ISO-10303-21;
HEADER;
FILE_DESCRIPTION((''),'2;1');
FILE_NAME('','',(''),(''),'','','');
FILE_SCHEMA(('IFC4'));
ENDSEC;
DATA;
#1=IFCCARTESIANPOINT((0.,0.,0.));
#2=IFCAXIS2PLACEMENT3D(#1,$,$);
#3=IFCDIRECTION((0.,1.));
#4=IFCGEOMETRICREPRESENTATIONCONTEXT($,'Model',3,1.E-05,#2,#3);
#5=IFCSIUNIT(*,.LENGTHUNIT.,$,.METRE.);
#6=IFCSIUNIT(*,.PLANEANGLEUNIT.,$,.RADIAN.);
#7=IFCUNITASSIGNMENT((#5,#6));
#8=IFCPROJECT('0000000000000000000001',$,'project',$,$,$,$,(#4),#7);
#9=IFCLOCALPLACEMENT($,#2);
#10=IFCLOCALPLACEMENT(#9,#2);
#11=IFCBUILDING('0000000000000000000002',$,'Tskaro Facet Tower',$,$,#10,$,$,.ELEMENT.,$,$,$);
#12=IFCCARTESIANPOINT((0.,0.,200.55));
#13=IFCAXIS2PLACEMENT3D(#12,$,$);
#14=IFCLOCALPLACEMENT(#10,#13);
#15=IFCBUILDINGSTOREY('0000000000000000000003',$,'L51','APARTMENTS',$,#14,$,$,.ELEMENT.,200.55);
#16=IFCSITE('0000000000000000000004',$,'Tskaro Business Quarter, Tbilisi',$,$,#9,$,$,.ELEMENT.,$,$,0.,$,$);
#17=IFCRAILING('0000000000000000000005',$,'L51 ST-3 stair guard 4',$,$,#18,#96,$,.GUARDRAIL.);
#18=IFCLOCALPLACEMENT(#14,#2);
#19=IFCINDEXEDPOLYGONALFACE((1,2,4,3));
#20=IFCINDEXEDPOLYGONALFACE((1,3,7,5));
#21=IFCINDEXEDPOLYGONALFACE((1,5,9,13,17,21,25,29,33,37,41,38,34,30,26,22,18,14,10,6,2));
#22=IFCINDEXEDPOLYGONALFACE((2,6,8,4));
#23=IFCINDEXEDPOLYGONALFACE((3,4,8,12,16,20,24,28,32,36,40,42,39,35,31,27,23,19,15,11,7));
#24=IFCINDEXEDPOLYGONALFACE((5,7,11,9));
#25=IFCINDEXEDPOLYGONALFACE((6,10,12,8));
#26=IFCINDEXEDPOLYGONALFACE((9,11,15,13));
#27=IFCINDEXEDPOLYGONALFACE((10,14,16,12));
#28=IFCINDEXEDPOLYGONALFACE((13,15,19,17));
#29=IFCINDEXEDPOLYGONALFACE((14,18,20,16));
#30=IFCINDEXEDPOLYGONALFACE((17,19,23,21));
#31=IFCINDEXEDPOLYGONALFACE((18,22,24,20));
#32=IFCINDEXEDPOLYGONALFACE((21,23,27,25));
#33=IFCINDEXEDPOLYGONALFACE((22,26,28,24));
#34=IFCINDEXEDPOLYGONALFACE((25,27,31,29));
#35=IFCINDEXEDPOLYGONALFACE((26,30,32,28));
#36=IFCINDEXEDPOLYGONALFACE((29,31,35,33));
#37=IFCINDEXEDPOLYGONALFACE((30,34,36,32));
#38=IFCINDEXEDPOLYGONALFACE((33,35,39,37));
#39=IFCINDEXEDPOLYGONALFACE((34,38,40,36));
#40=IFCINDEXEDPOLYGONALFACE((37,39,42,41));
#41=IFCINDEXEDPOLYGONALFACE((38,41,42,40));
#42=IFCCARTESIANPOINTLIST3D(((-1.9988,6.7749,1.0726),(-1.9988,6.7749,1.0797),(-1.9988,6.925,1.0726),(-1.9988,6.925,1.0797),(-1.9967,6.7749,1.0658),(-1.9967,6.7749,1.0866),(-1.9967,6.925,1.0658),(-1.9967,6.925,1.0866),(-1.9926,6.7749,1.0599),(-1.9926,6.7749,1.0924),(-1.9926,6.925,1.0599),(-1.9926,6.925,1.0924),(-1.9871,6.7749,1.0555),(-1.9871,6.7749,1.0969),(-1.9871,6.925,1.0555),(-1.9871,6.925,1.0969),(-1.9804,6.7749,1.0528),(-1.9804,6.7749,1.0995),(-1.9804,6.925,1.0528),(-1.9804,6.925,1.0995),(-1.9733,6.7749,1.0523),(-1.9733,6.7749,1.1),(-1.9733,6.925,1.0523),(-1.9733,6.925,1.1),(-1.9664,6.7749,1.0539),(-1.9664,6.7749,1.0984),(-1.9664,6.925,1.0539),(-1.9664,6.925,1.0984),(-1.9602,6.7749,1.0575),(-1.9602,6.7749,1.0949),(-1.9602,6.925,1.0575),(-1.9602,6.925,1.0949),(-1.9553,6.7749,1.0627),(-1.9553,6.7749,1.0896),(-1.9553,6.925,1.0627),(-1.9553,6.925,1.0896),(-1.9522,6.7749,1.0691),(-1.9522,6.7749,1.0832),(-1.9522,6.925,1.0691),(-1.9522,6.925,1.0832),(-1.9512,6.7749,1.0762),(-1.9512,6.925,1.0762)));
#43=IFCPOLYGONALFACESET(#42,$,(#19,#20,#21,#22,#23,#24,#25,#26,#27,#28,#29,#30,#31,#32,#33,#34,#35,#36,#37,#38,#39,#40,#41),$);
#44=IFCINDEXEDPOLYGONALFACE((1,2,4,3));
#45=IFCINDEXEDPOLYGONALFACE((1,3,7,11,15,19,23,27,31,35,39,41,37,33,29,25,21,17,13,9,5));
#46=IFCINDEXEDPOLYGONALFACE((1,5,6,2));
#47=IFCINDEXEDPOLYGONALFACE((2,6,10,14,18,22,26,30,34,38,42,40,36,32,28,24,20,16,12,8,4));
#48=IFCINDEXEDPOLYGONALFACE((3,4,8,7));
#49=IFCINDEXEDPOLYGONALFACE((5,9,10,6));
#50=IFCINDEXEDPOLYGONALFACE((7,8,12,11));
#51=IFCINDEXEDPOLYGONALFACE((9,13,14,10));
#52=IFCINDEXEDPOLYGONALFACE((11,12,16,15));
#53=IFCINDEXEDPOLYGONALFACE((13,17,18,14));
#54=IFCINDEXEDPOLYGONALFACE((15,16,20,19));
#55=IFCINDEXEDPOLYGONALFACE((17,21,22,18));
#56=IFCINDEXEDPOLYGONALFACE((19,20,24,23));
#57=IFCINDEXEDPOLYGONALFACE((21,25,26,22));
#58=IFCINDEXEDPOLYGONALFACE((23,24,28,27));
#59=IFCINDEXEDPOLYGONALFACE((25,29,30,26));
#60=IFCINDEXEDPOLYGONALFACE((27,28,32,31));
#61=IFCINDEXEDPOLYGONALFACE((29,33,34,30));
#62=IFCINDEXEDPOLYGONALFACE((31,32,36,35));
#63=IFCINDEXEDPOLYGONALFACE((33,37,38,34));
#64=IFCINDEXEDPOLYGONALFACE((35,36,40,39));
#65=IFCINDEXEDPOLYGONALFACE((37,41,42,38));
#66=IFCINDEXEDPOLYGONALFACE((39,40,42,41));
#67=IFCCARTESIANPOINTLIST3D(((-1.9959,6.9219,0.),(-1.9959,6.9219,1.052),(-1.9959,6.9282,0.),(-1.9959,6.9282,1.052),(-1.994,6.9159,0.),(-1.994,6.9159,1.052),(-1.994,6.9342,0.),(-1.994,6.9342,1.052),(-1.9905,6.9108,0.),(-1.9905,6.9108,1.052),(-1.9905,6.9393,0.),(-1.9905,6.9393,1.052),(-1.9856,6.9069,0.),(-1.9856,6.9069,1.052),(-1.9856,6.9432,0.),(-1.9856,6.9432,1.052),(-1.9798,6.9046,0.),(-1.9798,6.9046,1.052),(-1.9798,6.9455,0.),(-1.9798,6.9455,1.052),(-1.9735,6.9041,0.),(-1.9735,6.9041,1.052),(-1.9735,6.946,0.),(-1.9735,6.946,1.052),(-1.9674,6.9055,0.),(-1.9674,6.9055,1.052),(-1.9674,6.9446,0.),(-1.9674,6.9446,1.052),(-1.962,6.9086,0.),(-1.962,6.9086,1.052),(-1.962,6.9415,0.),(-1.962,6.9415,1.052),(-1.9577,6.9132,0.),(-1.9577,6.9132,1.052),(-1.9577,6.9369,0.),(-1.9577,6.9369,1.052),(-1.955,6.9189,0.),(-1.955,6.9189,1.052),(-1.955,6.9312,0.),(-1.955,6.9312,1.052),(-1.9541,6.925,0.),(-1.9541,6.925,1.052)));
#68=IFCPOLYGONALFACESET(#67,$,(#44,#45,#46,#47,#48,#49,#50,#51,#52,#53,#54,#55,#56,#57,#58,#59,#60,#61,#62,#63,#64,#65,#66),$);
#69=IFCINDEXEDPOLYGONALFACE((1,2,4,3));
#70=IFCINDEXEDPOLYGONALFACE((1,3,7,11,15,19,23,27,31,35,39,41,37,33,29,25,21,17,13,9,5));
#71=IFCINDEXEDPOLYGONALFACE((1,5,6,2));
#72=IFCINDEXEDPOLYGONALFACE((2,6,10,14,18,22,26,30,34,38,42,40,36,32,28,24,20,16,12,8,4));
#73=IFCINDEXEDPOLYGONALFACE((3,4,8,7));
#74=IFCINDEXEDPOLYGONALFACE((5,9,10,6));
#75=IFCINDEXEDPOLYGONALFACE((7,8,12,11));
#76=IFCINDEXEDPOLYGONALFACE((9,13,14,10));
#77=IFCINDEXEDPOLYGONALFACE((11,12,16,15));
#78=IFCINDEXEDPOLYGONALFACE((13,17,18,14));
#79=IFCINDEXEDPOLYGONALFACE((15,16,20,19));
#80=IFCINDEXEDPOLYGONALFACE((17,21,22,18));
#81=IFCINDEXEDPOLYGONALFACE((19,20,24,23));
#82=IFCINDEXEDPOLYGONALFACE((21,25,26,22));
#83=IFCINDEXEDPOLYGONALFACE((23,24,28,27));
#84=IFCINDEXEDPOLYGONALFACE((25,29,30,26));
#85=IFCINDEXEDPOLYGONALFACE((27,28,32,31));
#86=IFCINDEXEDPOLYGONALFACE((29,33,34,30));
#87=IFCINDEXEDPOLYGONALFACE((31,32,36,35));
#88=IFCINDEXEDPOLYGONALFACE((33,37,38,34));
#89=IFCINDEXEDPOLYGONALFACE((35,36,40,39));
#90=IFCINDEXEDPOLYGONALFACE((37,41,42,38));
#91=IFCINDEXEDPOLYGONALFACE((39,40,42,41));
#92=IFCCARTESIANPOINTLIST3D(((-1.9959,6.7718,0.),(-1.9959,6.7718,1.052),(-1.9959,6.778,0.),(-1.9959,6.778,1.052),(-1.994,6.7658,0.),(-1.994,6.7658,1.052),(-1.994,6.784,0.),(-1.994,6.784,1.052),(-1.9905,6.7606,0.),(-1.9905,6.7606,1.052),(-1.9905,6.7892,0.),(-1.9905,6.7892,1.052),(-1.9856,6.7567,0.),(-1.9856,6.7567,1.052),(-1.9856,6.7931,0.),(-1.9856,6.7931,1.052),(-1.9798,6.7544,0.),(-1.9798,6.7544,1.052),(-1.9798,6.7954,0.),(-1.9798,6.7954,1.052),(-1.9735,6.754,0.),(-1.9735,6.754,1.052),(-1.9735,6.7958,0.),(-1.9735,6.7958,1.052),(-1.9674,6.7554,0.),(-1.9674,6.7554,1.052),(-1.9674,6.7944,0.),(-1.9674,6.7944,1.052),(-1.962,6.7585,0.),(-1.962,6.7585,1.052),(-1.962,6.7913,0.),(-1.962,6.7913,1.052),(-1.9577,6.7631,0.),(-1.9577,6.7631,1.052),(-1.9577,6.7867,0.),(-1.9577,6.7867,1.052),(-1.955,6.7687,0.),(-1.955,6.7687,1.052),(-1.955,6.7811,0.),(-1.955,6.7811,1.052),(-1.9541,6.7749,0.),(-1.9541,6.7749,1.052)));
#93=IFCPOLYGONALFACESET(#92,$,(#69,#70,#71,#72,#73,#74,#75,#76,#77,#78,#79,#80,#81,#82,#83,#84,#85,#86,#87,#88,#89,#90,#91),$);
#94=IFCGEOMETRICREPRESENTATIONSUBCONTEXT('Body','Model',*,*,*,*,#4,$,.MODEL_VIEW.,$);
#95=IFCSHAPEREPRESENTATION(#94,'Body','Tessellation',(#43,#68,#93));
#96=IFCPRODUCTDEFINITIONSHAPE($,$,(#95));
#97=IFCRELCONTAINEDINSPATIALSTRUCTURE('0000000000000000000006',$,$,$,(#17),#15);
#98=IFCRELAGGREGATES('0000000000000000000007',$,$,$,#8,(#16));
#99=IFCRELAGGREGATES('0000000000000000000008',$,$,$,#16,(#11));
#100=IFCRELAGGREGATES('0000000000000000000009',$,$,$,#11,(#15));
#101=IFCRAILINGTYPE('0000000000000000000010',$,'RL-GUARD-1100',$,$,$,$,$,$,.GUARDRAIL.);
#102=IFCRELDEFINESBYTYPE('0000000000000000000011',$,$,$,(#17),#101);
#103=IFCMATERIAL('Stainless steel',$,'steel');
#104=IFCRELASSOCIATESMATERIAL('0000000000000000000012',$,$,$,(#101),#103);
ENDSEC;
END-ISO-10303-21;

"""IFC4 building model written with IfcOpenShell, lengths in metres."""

from ifc_helpers import new_model, si_unit, direction, frame, origin, origin_2d, place, context, subcontext, project, spatial, circle, extrude, material, type_object, element, save


model = new_model("IFC4")

# Units and contexts
model_context = context("Model", 3, precision=1e-05, world=origin(), true_north=direction((0.0, 1.0)))
body_context = subcontext(model_context, "Body", "Model", "MODEL_VIEW")
ifc_project = project(units=[si_unit("LENGTHUNIT", "METRE"), si_unit("PLANEANGLEUNIT", "RADIAN")], contexts=[model_context])

# Site, building, storey
site_placement = place(None, origin())
site = spatial("IfcSite", under=ifc_project, at=site_placement, Name="Tskaro Business Quarter, Tbilisi", CompositionType="ELEMENT", RefElevation=0.0)
building_placement = place(site_placement, origin())
building = spatial("IfcBuilding", under=site, at=building_placement, Name="Tskaro Facet Tower", CompositionType="ELEMENT")
storey_placement = place(building_placement, frame((0.0, 0.0, 200.55)))
storey = spatial("IfcBuildingStorey", under=building, at=storey_placement, Name="L51", Description="APARTMENTS", CompositionType="ELEMENT", Elevation=200.55)

# Railing
ifc_material_1 = material(Name="Stainless steel", Category="steel")
railing_type_1 = type_object("IfcRailingType", Name="RL-GUARD-1100", PredefinedType="GUARDRAIL", material=ifc_material_1)
railing_1_placement = place(storey_placement, frame((-1.9751, 6.925, 0.0)))
element("IfcRailing", 1, at=railing_1_placement, inside=storey, type_object=railing_type_1, Name="L51 ST-3 stair guard 4", PredefinedType="GUARDRAIL", context=body_context, shape_type="SweptSolid", body=[
    extrude(circle(Radius=0.0239, at=origin_2d()), frame((0.0, 0.0, 1.0762), z_axis=(0.0, -1.0, 0.0), x_axis=(1.0, 0.0, 0.0)), (0.0, 0.0, 1.0), 0.1501),
    extrude(circle(Radius=0.021, at=origin_2d()), origin(), (0.0, 0.0, 1.0), 1.052),
    extrude(circle(Radius=0.021, at=origin_2d()), frame((0.0, -0.1501, 0.0)), (0.0, 0.0, 1.0), 1.052),
])

save(model, "model.ifc")
